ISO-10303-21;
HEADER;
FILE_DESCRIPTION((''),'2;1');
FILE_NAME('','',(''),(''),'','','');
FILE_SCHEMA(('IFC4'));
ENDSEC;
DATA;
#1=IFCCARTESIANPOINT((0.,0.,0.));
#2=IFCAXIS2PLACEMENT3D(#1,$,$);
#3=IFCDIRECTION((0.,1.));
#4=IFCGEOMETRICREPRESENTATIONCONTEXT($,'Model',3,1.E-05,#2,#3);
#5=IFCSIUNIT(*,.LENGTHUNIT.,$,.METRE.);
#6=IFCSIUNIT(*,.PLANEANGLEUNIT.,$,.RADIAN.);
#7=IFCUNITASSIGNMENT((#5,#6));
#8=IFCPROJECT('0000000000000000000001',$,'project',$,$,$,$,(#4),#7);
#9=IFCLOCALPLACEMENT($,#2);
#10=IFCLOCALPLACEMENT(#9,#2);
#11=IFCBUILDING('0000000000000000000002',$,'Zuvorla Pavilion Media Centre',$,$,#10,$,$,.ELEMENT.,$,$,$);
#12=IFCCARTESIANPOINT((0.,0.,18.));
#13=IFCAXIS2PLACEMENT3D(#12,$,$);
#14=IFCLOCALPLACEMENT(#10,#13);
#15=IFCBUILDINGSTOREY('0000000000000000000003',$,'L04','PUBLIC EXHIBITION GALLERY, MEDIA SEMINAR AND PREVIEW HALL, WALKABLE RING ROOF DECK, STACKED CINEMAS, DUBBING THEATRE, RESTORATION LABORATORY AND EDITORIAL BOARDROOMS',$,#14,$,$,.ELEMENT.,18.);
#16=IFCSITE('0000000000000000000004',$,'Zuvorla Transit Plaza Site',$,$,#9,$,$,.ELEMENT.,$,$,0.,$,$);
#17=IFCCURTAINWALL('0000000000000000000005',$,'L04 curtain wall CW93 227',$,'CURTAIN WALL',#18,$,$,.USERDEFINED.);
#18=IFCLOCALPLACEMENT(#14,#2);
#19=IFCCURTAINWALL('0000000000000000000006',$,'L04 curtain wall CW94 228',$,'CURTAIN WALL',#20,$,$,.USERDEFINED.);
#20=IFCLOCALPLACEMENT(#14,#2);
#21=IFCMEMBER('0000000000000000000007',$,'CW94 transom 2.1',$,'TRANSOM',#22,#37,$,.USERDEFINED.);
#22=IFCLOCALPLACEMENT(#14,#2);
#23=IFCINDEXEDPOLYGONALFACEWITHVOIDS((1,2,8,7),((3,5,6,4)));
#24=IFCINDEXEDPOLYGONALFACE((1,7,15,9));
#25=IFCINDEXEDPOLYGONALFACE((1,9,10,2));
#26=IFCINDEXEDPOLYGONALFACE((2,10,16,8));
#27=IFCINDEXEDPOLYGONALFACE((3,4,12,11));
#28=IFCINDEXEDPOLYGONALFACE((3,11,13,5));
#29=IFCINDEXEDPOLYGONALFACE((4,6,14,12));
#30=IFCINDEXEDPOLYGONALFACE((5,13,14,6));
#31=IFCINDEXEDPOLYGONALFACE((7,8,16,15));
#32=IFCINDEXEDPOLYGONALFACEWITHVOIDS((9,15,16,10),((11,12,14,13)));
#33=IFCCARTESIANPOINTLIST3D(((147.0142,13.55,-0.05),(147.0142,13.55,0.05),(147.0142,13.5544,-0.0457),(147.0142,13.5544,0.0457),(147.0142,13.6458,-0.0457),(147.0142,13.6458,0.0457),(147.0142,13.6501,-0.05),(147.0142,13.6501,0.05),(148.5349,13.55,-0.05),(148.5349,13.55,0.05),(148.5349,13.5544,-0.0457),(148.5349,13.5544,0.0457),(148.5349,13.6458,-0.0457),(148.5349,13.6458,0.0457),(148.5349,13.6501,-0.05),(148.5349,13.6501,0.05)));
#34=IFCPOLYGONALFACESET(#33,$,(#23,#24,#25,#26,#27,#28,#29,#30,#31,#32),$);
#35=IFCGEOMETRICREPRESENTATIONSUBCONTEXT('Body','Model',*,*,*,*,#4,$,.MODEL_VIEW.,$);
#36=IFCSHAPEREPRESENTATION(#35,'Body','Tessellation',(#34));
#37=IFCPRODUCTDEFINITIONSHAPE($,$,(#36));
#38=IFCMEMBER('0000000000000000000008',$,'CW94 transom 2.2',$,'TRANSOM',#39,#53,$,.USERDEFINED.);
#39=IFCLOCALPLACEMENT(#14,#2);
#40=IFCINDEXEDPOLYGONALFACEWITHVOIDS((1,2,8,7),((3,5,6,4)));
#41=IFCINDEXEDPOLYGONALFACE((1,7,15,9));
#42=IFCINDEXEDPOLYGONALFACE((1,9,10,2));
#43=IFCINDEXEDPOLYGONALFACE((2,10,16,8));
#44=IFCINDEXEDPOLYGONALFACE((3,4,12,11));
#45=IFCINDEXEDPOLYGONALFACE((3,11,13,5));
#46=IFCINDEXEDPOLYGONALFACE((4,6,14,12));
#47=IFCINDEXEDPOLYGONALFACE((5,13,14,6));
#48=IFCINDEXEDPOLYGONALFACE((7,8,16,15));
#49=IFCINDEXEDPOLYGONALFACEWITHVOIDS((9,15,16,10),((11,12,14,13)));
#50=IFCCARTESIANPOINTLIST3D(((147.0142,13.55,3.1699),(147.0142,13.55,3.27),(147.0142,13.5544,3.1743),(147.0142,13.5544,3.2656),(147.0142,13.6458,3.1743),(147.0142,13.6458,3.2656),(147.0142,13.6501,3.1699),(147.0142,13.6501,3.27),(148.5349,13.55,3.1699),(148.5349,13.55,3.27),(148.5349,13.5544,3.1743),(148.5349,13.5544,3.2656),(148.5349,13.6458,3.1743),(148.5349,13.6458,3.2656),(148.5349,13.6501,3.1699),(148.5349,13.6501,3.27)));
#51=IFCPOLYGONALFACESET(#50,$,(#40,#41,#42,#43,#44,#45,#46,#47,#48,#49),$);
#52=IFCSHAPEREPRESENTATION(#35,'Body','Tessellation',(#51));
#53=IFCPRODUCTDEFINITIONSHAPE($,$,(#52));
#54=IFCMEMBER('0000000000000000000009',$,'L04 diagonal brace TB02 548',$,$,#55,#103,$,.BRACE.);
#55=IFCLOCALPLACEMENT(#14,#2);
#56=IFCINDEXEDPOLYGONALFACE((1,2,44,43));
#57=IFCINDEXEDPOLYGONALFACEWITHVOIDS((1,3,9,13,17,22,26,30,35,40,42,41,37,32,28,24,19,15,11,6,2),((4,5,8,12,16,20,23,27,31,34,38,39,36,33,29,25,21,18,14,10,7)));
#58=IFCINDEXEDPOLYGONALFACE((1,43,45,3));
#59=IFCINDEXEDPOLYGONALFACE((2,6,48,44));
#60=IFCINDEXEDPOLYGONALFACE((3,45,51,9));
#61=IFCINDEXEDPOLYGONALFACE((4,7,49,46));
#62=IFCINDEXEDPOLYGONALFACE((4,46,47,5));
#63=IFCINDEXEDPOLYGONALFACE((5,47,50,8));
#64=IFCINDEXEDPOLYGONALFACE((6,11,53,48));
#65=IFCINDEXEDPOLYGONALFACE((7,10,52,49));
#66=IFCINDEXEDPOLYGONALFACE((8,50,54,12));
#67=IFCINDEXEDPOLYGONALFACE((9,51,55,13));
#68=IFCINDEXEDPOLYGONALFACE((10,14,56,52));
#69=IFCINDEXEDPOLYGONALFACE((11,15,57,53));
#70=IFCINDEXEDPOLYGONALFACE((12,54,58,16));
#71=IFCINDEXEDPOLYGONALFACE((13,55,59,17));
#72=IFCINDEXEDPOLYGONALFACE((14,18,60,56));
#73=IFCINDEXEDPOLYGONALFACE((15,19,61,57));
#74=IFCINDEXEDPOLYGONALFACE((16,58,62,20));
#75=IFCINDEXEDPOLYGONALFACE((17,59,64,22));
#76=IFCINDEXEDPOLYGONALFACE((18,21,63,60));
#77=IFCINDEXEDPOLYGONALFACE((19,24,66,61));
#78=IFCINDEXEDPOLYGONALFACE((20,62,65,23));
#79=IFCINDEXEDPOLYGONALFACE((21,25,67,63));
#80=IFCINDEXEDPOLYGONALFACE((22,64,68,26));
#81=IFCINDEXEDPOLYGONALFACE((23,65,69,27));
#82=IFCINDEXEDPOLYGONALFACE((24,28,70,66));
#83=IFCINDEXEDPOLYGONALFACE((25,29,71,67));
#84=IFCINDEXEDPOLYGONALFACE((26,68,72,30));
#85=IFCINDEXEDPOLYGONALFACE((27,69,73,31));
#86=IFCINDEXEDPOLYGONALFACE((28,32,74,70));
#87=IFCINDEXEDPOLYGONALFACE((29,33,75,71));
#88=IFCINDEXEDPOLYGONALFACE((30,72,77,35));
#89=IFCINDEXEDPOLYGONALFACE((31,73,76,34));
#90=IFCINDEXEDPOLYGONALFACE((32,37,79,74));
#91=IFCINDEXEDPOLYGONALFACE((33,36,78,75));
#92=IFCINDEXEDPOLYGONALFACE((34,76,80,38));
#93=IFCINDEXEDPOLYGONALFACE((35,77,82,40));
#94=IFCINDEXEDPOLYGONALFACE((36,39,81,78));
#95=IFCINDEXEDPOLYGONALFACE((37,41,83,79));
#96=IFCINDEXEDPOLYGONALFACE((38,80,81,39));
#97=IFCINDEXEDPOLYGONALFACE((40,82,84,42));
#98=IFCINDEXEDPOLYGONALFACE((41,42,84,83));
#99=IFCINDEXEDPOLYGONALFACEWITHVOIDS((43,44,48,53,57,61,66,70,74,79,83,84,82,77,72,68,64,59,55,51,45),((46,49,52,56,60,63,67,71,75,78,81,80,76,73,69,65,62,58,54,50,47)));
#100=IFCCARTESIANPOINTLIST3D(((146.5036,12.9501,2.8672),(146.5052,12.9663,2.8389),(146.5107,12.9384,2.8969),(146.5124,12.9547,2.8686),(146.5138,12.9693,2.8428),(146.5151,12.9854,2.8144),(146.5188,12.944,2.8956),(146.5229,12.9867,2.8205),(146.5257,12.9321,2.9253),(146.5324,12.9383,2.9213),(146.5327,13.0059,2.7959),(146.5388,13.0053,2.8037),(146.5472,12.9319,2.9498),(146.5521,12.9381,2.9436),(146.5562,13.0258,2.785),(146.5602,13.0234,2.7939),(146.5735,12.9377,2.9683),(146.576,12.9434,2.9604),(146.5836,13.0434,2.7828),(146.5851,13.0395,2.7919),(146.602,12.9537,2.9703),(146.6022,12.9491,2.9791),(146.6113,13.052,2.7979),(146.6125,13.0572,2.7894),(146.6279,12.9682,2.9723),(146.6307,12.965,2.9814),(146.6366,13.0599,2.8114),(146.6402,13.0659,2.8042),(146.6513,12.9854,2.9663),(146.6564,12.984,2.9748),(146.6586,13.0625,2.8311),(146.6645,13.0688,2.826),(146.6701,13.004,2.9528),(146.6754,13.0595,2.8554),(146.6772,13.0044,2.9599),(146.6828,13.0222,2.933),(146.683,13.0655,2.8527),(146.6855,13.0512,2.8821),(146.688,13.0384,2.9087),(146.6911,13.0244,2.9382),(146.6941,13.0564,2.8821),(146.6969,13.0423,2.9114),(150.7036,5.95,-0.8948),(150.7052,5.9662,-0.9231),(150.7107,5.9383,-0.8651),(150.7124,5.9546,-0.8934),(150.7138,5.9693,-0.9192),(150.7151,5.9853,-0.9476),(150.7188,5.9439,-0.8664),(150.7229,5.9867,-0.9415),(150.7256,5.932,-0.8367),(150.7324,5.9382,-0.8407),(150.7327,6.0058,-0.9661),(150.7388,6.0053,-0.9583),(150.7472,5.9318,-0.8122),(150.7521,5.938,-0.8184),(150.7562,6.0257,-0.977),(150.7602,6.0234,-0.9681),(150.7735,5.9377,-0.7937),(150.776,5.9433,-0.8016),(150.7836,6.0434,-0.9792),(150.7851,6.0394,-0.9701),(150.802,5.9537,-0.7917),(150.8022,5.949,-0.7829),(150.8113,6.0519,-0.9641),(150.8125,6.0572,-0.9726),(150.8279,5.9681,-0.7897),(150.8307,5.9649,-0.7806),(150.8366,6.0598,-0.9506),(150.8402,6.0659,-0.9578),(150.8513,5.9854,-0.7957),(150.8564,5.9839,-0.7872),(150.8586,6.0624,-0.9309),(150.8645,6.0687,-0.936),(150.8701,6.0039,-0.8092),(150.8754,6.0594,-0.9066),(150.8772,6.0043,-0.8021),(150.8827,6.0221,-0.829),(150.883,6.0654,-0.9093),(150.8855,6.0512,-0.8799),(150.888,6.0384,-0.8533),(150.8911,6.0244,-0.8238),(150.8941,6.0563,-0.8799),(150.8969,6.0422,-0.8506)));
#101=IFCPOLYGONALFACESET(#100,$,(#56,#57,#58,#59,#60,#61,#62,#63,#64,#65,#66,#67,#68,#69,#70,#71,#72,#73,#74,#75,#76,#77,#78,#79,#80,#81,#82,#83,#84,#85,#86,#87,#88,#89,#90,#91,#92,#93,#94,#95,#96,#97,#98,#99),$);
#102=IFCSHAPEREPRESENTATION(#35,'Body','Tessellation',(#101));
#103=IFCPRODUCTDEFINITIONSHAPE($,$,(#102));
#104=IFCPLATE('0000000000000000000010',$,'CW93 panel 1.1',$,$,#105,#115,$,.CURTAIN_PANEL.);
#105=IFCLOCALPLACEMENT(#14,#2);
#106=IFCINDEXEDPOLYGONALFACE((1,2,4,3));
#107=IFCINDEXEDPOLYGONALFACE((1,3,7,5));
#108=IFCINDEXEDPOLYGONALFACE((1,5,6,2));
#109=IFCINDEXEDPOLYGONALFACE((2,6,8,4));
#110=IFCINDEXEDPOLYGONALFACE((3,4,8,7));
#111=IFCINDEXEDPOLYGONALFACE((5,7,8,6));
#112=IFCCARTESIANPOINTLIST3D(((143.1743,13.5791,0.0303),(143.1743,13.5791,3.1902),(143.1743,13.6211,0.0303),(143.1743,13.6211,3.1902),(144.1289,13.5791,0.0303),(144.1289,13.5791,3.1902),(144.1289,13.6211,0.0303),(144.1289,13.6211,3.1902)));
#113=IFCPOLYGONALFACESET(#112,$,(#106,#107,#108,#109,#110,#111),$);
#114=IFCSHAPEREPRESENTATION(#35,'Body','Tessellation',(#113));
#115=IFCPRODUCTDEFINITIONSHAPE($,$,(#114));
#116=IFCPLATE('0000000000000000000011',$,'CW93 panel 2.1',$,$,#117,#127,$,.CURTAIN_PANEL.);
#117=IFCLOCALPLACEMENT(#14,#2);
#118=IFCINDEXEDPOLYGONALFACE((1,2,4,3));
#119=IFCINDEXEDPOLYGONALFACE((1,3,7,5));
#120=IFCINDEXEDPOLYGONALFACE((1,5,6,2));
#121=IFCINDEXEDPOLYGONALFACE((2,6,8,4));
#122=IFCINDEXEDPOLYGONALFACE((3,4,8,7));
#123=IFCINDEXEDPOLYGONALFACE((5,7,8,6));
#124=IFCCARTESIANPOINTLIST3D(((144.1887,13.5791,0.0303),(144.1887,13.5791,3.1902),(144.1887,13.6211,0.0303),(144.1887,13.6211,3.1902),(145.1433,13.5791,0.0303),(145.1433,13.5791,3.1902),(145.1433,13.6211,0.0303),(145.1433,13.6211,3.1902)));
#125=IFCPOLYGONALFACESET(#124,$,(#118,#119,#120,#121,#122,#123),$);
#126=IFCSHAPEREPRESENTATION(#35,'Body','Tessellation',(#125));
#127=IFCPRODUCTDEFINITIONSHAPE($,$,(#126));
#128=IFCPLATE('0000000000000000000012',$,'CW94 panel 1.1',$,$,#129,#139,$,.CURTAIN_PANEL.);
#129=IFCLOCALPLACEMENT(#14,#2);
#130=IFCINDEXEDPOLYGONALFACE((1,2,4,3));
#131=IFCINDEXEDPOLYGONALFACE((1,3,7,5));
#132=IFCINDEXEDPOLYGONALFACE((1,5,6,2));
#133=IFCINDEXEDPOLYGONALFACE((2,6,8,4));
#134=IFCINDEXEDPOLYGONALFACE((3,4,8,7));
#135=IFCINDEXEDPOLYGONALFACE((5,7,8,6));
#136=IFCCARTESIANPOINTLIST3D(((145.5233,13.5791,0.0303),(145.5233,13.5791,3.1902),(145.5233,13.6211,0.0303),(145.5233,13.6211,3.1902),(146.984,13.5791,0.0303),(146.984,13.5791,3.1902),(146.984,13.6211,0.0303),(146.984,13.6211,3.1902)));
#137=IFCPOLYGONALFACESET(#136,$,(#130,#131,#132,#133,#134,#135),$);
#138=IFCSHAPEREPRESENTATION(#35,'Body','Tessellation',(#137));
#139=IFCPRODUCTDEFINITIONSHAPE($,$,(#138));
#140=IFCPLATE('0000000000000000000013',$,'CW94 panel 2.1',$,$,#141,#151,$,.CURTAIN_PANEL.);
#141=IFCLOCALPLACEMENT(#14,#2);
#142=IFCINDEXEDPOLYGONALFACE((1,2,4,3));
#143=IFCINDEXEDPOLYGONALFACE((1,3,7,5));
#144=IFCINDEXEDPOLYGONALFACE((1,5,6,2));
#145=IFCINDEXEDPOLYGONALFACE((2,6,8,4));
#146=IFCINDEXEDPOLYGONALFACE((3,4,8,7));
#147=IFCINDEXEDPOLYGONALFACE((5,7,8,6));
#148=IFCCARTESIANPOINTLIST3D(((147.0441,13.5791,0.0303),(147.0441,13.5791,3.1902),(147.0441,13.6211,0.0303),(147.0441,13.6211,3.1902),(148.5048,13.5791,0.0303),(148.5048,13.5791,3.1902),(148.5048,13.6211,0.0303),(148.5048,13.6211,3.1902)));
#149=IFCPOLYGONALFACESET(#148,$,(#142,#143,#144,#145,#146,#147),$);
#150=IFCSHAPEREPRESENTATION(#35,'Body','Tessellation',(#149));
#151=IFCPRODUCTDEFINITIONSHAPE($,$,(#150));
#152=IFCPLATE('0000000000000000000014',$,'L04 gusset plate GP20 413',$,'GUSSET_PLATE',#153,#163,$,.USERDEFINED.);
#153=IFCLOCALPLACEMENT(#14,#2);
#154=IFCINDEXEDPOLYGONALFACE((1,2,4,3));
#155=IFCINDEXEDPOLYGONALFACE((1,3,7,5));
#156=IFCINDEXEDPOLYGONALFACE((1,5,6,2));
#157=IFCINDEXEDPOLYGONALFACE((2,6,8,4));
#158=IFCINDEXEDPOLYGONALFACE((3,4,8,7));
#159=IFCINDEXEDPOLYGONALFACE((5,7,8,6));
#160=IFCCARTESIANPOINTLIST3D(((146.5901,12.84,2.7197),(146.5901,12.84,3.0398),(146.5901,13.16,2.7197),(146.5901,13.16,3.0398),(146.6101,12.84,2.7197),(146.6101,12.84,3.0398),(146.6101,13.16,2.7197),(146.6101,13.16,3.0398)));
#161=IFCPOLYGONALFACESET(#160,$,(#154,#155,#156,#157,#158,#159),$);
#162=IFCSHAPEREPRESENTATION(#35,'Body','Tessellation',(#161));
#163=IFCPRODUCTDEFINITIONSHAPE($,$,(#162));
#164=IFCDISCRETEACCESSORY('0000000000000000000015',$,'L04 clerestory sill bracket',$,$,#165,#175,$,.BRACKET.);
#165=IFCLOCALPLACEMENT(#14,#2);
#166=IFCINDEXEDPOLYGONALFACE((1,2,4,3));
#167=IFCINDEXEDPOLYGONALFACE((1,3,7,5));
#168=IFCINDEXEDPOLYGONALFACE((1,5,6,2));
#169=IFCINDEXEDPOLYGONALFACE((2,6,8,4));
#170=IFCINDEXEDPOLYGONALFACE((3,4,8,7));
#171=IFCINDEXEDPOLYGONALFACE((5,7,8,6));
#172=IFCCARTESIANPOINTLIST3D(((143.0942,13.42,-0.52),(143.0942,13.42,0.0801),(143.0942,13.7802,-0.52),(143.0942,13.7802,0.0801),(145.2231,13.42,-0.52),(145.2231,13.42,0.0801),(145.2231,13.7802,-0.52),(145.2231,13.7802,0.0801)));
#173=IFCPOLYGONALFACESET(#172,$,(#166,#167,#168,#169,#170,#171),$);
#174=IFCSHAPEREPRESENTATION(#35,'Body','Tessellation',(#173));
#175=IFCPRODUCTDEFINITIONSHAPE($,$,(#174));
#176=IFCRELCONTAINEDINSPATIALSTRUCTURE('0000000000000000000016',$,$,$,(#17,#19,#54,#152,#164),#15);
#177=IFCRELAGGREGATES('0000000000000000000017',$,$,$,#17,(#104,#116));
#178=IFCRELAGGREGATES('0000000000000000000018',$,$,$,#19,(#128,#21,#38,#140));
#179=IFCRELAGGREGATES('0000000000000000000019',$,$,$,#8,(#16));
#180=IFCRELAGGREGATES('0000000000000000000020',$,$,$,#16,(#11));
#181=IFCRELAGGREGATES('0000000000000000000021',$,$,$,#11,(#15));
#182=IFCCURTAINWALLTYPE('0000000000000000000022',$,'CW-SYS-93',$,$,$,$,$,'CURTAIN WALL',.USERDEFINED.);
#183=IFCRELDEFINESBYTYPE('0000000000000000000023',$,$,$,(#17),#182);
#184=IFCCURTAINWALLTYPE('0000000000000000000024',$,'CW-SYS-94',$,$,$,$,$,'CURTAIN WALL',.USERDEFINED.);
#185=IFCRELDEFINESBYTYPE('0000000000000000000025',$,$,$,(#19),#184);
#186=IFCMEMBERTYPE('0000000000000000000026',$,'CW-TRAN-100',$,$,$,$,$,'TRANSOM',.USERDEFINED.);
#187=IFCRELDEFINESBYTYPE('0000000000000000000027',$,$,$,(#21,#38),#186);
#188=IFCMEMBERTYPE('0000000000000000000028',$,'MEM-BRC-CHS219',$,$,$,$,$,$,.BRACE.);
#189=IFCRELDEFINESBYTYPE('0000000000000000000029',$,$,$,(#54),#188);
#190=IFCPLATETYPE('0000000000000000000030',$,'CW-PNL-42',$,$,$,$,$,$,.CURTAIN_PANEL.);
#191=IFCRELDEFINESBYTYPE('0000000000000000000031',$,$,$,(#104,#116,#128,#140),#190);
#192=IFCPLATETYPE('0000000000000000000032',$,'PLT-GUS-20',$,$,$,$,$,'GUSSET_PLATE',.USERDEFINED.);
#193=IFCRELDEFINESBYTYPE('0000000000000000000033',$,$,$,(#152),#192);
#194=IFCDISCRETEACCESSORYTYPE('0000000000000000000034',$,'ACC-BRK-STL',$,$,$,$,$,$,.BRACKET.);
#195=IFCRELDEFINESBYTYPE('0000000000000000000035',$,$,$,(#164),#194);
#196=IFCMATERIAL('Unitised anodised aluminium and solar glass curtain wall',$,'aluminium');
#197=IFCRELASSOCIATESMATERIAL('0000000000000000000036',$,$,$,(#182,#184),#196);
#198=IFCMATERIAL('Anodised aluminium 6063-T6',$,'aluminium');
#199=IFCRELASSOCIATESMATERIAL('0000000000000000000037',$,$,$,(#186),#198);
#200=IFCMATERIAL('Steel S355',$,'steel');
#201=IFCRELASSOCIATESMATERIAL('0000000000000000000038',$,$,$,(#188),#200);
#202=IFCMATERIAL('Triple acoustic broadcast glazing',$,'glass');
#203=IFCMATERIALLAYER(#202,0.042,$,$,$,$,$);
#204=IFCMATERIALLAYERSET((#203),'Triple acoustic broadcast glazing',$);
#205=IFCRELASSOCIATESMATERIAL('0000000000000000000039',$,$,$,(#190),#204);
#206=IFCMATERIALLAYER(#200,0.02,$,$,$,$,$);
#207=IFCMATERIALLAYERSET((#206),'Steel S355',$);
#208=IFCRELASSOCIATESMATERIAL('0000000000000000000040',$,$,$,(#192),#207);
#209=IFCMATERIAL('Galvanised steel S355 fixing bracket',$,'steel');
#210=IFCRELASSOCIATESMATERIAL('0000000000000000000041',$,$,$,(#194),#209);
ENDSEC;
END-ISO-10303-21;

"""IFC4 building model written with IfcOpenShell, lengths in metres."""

from ifc_helpers import new_model, si_unit, direction, frame, origin, origin_2d, place, context, subcontext, project, spatial, rectangle, hollow_rectangle, hollow_circle, extrude, material, layer, layer_set, material_profile, profile_set, type_object, element, aggregate, save


model = new_model("IFC4")

# Units and contexts
model_context = context("Model", 3, precision=1e-05, world=origin(), true_north=direction((0.0, 1.0)))
body_context = subcontext(model_context, "Body", "Model", "MODEL_VIEW")
ifc_project = project(units=[si_unit("LENGTHUNIT", "METRE"), si_unit("PLANEANGLEUNIT", "RADIAN")], contexts=[model_context])

# Site, building, storey
site_placement = place(None, origin())
site = spatial("IfcSite", under=ifc_project, at=site_placement, Name="Zuvorla Transit Plaza Site", CompositionType="ELEMENT", RefElevation=0.0)
building_placement = place(site_placement, origin())
building = spatial("IfcBuilding", under=site, at=building_placement, Name="Zuvorla Pavilion Media Centre", CompositionType="ELEMENT")
storey_placement = place(building_placement, frame((0.0, 0.0, 18.0)))
storey = spatial("IfcBuildingStorey", under=building, at=storey_placement, Name="L04", Description="PUBLIC EXHIBITION GALLERY, MEDIA SEMINAR AND PREVIEW HALL, WALKABLE RING ROOF DECK, STACKED CINEMAS, DUBBING THEATRE, RESTORATION LABORATORY AND EDITORIAL BOARDROOMS", CompositionType="ELEMENT", Elevation=18.0)

# Curtain walls
ifc_material_1 = material(Name="Unitised anodised aluminium and solar glass curtain wall", Category="aluminium")
curtain_wall_type_1 = type_object("IfcCurtainWallType", Name="CW-SYS-93", ElementType="CURTAIN WALL", PredefinedType="USERDEFINED", material=ifc_material_1)
curtain_wall_1_placement = place(storey_placement, origin())
curtain_wall_1 = element("IfcCurtainWall", 1, at=curtain_wall_1_placement, inside=storey, type_object=curtain_wall_type_1, Name="L04 curtain wall CW93 227", ObjectType="CURTAIN WALL", PredefinedType="USERDEFINED")
ifc_material_2 = material(Name="Anodised aluminium 6063-T6", Category="aluminium")
curtain_wall_type_2 = type_object("IfcCurtainWallType", Name="CW-SYS-94", ElementType="CURTAIN WALL", PredefinedType="USERDEFINED", material=ifc_material_1)
curtain_wall_2_placement = place(storey_placement, origin())
curtain_wall_2 = element("IfcCurtainWall", 2, at=curtain_wall_2_placement, inside=storey, type_object=curtain_wall_type_2, Name="L04 curtain wall CW94 228", ObjectType="CURTAIN WALL", PredefinedType="USERDEFINED")

# Members
ifc_material_profile_1 = material_profile(ifc_material_2, hollow_rectangle(XDim=0.1001, YDim=0.1001, WallThickness=0.0044, at=origin_2d()), Name="ALU TRAN 100x100")
ifc_profile_set_1 = profile_set([ifc_material_profile_1], Name="Anodised aluminium 6063-T6")
member_type_1 = type_object("IfcMemberType", Name="CW-TRAN-100", ElementType="TRANSOM", PredefinedType="USERDEFINED", material=ifc_profile_set_1)
member_1_placement = place(storey_placement, frame((147.0142, 13.6001, 0.0), z_axis=(1.0, 0.0, 0.0), x_axis=(0.0, 1.0, 0.0)))
member_1 = element("IfcMember", 3, at=member_1_placement, type_object=member_type_1, Name="CW94 transom 2.1", ObjectType="TRANSOM", PredefinedType="USERDEFINED", context=body_context, shape_type="SweptSolid", body=[
    extrude(hollow_rectangle(XDim=0.1001, YDim=0.1001, WallThickness=0.0044, at=origin_2d()), origin(), (0.0, 0.0, 1.0), 1.5208),
])
member_2_placement = place(storey_placement, frame((147.0142, 13.6001, 3.22), z_axis=(1.0, 0.0, 0.0), x_axis=(0.0, 1.0, 0.0)))
member_2 = element("IfcMember", 4, at=member_2_placement, type_object=member_type_1, Name="CW94 transom 2.2", ObjectType="TRANSOM", PredefinedType="USERDEFINED", context=body_context, shape_type="SweptSolid", body=[
    extrude(hollow_rectangle(XDim=0.1001, YDim=0.1001, WallThickness=0.0044, at=origin_2d()), origin(), (0.0, 0.0, 1.0), 1.5208),
])
ifc_material_3 = material(Name="Steel S355", Category="steel")
ifc_material_profile_2 = material_profile(ifc_material_3, hollow_circle(Radius=0.1096, WallThickness=0.01, at=origin_2d()), Name="CHS 219.1x10")
ifc_profile_set_2 = profile_set([ifc_material_profile_2], Name="Steel S355")
member_type_2 = type_object("IfcMemberType", Name="MEM-BRC-CHS219", PredefinedType="BRACE", material=ifc_profile_set_2)
member_3_placement = place(storey_placement, frame((146.6001, 13.0, 2.8821), z_axis=(0.467262, -0.778779, -0.418534), x_axis=(0.857496, 0.514491, 0.0)))
element("IfcMember", 5, at=member_3_placement, inside=storey, type_object=member_type_2, Name="L04 diagonal brace TB02 548", PredefinedType="BRACE", context=body_context, shape_type="SweptSolid", body=[
    extrude(hollow_circle(Radius=0.1096, WallThickness=0.01, at=origin_2d()), origin(), (0.0, 0.0, 1.0), 8.9885),
])

# Plates
ifc_material_4 = material(Name="Triple acoustic broadcast glazing", Category="glass")
ifc_layer_1 = layer(ifc_material_4, 0.042)
ifc_layer_set_1 = layer_set([ifc_layer_1], Name="Triple acoustic broadcast glazing")
plate_type_1 = type_object("IfcPlateType", Name="CW-PNL-42", PredefinedType="CURTAIN_PANEL", material=ifc_layer_set_1)
plate_1_placement = place(storey_placement, frame((143.6516, 13.6001, 0.0303), z_axis=(0.0, 0.0, 1.0), x_axis=(1.0, 0.0, 0.0)))
plate_1 = element("IfcPlate", 6, at=plate_1_placement, type_object=plate_type_1, Name="CW93 panel 1.1", PredefinedType="CURTAIN_PANEL", context=body_context, shape_type="SweptSolid", body=[
    extrude(rectangle(XDim=0.9546, YDim=0.042, at=origin_2d()), origin(), (0.0, 0.0, 1.0), 3.1599),
])
plate_2_placement = place(storey_placement, frame((144.666, 13.6001, 0.0303), z_axis=(0.0, 0.0, 1.0), x_axis=(1.0, 0.0, 0.0)))
plate_2 = element("IfcPlate", 7, at=plate_2_placement, type_object=plate_type_1, Name="CW93 panel 2.1", PredefinedType="CURTAIN_PANEL", context=body_context, shape_type="SweptSolid", body=[
    extrude(rectangle(XDim=0.9546, YDim=0.042, at=origin_2d()), origin(), (0.0, 0.0, 1.0), 3.1599),
])
aggregate(curtain_wall_1, [plate_1, plate_2])
plate_3_placement = place(storey_placement, frame((146.2537, 13.6001, 0.0303), z_axis=(0.0, 0.0, 1.0), x_axis=(1.0, 0.0, 0.0)))
plate_3 = element("IfcPlate", 8, at=plate_3_placement, type_object=plate_type_1, Name="CW94 panel 1.1", PredefinedType="CURTAIN_PANEL", context=body_context, shape_type="SweptSolid", body=[
    extrude(rectangle(XDim=1.4607, YDim=0.042, at=origin_2d()), origin(), (0.0, 0.0, 1.0), 3.1599),
])
plate_4_placement = place(storey_placement, frame((147.7744, 13.6001, 0.0303), z_axis=(0.0, 0.0, 1.0), x_axis=(1.0, 0.0, 0.0)))
plate_4 = element("IfcPlate", 9, at=plate_4_placement, type_object=plate_type_1, Name="CW94 panel 2.1", PredefinedType="CURTAIN_PANEL", context=body_context, shape_type="SweptSolid", body=[
    extrude(rectangle(XDim=1.4607, YDim=0.042, at=origin_2d()), origin(), (0.0, 0.0, 1.0), 3.1599),
])
aggregate(curtain_wall_2, [plate_3, member_1, member_2, plate_4])
ifc_layer_2 = layer(ifc_material_3, 0.02)
ifc_layer_set_2 = layer_set([ifc_layer_2], Name="Steel S355")
plate_type_2 = type_object("IfcPlateType", Name="PLT-GUS-20", ElementType="GUSSET_PLATE", PredefinedType="USERDEFINED", material=ifc_layer_set_2)
plate_5_placement = place(storey_placement, frame((146.6001, 13.0, 2.7197), z_axis=(0.0, 0.0, 1.0), x_axis=(1.0, 0.0, 0.0)))
element("IfcPlate", 10, at=plate_5_placement, inside=storey, type_object=plate_type_2, Name="L04 gusset plate GP20 413", ObjectType="GUSSET_PLATE", PredefinedType="USERDEFINED", context=body_context, shape_type="SweptSolid", body=[
    extrude(rectangle(XDim=0.02, YDim=0.3201, at=origin_2d()), origin(), (0.0, 0.0, 1.0), 0.3201),
])

# Discrete accessory
ifc_material_5 = material(Name="Galvanised steel S355 fixing bracket", Category="steel")
discrete_accessory_type = type_object("IfcDiscreteAccessoryType", Name="ACC-BRK-STL", PredefinedType="BRACKET", material=ifc_material_5)
discrete_accessory_placement = place(storey_placement, frame((144.1587, 13.6001, -0.52), z_axis=(0.0, 0.0, 1.0), x_axis=(1.0, 0.0, 0.0)))
element("IfcDiscreteAccessory", 11, at=discrete_accessory_placement, inside=storey, type_object=discrete_accessory_type, Name="L04 clerestory sill bracket", PredefinedType="BRACKET", context=body_context, shape_type="SweptSolid", body=[
    extrude(rectangle(XDim=2.1289, YDim=0.3601, at=origin_2d()), origin(), (0.0, 0.0, 1.0), 0.6001),
])

save(model, "model.ifc")
